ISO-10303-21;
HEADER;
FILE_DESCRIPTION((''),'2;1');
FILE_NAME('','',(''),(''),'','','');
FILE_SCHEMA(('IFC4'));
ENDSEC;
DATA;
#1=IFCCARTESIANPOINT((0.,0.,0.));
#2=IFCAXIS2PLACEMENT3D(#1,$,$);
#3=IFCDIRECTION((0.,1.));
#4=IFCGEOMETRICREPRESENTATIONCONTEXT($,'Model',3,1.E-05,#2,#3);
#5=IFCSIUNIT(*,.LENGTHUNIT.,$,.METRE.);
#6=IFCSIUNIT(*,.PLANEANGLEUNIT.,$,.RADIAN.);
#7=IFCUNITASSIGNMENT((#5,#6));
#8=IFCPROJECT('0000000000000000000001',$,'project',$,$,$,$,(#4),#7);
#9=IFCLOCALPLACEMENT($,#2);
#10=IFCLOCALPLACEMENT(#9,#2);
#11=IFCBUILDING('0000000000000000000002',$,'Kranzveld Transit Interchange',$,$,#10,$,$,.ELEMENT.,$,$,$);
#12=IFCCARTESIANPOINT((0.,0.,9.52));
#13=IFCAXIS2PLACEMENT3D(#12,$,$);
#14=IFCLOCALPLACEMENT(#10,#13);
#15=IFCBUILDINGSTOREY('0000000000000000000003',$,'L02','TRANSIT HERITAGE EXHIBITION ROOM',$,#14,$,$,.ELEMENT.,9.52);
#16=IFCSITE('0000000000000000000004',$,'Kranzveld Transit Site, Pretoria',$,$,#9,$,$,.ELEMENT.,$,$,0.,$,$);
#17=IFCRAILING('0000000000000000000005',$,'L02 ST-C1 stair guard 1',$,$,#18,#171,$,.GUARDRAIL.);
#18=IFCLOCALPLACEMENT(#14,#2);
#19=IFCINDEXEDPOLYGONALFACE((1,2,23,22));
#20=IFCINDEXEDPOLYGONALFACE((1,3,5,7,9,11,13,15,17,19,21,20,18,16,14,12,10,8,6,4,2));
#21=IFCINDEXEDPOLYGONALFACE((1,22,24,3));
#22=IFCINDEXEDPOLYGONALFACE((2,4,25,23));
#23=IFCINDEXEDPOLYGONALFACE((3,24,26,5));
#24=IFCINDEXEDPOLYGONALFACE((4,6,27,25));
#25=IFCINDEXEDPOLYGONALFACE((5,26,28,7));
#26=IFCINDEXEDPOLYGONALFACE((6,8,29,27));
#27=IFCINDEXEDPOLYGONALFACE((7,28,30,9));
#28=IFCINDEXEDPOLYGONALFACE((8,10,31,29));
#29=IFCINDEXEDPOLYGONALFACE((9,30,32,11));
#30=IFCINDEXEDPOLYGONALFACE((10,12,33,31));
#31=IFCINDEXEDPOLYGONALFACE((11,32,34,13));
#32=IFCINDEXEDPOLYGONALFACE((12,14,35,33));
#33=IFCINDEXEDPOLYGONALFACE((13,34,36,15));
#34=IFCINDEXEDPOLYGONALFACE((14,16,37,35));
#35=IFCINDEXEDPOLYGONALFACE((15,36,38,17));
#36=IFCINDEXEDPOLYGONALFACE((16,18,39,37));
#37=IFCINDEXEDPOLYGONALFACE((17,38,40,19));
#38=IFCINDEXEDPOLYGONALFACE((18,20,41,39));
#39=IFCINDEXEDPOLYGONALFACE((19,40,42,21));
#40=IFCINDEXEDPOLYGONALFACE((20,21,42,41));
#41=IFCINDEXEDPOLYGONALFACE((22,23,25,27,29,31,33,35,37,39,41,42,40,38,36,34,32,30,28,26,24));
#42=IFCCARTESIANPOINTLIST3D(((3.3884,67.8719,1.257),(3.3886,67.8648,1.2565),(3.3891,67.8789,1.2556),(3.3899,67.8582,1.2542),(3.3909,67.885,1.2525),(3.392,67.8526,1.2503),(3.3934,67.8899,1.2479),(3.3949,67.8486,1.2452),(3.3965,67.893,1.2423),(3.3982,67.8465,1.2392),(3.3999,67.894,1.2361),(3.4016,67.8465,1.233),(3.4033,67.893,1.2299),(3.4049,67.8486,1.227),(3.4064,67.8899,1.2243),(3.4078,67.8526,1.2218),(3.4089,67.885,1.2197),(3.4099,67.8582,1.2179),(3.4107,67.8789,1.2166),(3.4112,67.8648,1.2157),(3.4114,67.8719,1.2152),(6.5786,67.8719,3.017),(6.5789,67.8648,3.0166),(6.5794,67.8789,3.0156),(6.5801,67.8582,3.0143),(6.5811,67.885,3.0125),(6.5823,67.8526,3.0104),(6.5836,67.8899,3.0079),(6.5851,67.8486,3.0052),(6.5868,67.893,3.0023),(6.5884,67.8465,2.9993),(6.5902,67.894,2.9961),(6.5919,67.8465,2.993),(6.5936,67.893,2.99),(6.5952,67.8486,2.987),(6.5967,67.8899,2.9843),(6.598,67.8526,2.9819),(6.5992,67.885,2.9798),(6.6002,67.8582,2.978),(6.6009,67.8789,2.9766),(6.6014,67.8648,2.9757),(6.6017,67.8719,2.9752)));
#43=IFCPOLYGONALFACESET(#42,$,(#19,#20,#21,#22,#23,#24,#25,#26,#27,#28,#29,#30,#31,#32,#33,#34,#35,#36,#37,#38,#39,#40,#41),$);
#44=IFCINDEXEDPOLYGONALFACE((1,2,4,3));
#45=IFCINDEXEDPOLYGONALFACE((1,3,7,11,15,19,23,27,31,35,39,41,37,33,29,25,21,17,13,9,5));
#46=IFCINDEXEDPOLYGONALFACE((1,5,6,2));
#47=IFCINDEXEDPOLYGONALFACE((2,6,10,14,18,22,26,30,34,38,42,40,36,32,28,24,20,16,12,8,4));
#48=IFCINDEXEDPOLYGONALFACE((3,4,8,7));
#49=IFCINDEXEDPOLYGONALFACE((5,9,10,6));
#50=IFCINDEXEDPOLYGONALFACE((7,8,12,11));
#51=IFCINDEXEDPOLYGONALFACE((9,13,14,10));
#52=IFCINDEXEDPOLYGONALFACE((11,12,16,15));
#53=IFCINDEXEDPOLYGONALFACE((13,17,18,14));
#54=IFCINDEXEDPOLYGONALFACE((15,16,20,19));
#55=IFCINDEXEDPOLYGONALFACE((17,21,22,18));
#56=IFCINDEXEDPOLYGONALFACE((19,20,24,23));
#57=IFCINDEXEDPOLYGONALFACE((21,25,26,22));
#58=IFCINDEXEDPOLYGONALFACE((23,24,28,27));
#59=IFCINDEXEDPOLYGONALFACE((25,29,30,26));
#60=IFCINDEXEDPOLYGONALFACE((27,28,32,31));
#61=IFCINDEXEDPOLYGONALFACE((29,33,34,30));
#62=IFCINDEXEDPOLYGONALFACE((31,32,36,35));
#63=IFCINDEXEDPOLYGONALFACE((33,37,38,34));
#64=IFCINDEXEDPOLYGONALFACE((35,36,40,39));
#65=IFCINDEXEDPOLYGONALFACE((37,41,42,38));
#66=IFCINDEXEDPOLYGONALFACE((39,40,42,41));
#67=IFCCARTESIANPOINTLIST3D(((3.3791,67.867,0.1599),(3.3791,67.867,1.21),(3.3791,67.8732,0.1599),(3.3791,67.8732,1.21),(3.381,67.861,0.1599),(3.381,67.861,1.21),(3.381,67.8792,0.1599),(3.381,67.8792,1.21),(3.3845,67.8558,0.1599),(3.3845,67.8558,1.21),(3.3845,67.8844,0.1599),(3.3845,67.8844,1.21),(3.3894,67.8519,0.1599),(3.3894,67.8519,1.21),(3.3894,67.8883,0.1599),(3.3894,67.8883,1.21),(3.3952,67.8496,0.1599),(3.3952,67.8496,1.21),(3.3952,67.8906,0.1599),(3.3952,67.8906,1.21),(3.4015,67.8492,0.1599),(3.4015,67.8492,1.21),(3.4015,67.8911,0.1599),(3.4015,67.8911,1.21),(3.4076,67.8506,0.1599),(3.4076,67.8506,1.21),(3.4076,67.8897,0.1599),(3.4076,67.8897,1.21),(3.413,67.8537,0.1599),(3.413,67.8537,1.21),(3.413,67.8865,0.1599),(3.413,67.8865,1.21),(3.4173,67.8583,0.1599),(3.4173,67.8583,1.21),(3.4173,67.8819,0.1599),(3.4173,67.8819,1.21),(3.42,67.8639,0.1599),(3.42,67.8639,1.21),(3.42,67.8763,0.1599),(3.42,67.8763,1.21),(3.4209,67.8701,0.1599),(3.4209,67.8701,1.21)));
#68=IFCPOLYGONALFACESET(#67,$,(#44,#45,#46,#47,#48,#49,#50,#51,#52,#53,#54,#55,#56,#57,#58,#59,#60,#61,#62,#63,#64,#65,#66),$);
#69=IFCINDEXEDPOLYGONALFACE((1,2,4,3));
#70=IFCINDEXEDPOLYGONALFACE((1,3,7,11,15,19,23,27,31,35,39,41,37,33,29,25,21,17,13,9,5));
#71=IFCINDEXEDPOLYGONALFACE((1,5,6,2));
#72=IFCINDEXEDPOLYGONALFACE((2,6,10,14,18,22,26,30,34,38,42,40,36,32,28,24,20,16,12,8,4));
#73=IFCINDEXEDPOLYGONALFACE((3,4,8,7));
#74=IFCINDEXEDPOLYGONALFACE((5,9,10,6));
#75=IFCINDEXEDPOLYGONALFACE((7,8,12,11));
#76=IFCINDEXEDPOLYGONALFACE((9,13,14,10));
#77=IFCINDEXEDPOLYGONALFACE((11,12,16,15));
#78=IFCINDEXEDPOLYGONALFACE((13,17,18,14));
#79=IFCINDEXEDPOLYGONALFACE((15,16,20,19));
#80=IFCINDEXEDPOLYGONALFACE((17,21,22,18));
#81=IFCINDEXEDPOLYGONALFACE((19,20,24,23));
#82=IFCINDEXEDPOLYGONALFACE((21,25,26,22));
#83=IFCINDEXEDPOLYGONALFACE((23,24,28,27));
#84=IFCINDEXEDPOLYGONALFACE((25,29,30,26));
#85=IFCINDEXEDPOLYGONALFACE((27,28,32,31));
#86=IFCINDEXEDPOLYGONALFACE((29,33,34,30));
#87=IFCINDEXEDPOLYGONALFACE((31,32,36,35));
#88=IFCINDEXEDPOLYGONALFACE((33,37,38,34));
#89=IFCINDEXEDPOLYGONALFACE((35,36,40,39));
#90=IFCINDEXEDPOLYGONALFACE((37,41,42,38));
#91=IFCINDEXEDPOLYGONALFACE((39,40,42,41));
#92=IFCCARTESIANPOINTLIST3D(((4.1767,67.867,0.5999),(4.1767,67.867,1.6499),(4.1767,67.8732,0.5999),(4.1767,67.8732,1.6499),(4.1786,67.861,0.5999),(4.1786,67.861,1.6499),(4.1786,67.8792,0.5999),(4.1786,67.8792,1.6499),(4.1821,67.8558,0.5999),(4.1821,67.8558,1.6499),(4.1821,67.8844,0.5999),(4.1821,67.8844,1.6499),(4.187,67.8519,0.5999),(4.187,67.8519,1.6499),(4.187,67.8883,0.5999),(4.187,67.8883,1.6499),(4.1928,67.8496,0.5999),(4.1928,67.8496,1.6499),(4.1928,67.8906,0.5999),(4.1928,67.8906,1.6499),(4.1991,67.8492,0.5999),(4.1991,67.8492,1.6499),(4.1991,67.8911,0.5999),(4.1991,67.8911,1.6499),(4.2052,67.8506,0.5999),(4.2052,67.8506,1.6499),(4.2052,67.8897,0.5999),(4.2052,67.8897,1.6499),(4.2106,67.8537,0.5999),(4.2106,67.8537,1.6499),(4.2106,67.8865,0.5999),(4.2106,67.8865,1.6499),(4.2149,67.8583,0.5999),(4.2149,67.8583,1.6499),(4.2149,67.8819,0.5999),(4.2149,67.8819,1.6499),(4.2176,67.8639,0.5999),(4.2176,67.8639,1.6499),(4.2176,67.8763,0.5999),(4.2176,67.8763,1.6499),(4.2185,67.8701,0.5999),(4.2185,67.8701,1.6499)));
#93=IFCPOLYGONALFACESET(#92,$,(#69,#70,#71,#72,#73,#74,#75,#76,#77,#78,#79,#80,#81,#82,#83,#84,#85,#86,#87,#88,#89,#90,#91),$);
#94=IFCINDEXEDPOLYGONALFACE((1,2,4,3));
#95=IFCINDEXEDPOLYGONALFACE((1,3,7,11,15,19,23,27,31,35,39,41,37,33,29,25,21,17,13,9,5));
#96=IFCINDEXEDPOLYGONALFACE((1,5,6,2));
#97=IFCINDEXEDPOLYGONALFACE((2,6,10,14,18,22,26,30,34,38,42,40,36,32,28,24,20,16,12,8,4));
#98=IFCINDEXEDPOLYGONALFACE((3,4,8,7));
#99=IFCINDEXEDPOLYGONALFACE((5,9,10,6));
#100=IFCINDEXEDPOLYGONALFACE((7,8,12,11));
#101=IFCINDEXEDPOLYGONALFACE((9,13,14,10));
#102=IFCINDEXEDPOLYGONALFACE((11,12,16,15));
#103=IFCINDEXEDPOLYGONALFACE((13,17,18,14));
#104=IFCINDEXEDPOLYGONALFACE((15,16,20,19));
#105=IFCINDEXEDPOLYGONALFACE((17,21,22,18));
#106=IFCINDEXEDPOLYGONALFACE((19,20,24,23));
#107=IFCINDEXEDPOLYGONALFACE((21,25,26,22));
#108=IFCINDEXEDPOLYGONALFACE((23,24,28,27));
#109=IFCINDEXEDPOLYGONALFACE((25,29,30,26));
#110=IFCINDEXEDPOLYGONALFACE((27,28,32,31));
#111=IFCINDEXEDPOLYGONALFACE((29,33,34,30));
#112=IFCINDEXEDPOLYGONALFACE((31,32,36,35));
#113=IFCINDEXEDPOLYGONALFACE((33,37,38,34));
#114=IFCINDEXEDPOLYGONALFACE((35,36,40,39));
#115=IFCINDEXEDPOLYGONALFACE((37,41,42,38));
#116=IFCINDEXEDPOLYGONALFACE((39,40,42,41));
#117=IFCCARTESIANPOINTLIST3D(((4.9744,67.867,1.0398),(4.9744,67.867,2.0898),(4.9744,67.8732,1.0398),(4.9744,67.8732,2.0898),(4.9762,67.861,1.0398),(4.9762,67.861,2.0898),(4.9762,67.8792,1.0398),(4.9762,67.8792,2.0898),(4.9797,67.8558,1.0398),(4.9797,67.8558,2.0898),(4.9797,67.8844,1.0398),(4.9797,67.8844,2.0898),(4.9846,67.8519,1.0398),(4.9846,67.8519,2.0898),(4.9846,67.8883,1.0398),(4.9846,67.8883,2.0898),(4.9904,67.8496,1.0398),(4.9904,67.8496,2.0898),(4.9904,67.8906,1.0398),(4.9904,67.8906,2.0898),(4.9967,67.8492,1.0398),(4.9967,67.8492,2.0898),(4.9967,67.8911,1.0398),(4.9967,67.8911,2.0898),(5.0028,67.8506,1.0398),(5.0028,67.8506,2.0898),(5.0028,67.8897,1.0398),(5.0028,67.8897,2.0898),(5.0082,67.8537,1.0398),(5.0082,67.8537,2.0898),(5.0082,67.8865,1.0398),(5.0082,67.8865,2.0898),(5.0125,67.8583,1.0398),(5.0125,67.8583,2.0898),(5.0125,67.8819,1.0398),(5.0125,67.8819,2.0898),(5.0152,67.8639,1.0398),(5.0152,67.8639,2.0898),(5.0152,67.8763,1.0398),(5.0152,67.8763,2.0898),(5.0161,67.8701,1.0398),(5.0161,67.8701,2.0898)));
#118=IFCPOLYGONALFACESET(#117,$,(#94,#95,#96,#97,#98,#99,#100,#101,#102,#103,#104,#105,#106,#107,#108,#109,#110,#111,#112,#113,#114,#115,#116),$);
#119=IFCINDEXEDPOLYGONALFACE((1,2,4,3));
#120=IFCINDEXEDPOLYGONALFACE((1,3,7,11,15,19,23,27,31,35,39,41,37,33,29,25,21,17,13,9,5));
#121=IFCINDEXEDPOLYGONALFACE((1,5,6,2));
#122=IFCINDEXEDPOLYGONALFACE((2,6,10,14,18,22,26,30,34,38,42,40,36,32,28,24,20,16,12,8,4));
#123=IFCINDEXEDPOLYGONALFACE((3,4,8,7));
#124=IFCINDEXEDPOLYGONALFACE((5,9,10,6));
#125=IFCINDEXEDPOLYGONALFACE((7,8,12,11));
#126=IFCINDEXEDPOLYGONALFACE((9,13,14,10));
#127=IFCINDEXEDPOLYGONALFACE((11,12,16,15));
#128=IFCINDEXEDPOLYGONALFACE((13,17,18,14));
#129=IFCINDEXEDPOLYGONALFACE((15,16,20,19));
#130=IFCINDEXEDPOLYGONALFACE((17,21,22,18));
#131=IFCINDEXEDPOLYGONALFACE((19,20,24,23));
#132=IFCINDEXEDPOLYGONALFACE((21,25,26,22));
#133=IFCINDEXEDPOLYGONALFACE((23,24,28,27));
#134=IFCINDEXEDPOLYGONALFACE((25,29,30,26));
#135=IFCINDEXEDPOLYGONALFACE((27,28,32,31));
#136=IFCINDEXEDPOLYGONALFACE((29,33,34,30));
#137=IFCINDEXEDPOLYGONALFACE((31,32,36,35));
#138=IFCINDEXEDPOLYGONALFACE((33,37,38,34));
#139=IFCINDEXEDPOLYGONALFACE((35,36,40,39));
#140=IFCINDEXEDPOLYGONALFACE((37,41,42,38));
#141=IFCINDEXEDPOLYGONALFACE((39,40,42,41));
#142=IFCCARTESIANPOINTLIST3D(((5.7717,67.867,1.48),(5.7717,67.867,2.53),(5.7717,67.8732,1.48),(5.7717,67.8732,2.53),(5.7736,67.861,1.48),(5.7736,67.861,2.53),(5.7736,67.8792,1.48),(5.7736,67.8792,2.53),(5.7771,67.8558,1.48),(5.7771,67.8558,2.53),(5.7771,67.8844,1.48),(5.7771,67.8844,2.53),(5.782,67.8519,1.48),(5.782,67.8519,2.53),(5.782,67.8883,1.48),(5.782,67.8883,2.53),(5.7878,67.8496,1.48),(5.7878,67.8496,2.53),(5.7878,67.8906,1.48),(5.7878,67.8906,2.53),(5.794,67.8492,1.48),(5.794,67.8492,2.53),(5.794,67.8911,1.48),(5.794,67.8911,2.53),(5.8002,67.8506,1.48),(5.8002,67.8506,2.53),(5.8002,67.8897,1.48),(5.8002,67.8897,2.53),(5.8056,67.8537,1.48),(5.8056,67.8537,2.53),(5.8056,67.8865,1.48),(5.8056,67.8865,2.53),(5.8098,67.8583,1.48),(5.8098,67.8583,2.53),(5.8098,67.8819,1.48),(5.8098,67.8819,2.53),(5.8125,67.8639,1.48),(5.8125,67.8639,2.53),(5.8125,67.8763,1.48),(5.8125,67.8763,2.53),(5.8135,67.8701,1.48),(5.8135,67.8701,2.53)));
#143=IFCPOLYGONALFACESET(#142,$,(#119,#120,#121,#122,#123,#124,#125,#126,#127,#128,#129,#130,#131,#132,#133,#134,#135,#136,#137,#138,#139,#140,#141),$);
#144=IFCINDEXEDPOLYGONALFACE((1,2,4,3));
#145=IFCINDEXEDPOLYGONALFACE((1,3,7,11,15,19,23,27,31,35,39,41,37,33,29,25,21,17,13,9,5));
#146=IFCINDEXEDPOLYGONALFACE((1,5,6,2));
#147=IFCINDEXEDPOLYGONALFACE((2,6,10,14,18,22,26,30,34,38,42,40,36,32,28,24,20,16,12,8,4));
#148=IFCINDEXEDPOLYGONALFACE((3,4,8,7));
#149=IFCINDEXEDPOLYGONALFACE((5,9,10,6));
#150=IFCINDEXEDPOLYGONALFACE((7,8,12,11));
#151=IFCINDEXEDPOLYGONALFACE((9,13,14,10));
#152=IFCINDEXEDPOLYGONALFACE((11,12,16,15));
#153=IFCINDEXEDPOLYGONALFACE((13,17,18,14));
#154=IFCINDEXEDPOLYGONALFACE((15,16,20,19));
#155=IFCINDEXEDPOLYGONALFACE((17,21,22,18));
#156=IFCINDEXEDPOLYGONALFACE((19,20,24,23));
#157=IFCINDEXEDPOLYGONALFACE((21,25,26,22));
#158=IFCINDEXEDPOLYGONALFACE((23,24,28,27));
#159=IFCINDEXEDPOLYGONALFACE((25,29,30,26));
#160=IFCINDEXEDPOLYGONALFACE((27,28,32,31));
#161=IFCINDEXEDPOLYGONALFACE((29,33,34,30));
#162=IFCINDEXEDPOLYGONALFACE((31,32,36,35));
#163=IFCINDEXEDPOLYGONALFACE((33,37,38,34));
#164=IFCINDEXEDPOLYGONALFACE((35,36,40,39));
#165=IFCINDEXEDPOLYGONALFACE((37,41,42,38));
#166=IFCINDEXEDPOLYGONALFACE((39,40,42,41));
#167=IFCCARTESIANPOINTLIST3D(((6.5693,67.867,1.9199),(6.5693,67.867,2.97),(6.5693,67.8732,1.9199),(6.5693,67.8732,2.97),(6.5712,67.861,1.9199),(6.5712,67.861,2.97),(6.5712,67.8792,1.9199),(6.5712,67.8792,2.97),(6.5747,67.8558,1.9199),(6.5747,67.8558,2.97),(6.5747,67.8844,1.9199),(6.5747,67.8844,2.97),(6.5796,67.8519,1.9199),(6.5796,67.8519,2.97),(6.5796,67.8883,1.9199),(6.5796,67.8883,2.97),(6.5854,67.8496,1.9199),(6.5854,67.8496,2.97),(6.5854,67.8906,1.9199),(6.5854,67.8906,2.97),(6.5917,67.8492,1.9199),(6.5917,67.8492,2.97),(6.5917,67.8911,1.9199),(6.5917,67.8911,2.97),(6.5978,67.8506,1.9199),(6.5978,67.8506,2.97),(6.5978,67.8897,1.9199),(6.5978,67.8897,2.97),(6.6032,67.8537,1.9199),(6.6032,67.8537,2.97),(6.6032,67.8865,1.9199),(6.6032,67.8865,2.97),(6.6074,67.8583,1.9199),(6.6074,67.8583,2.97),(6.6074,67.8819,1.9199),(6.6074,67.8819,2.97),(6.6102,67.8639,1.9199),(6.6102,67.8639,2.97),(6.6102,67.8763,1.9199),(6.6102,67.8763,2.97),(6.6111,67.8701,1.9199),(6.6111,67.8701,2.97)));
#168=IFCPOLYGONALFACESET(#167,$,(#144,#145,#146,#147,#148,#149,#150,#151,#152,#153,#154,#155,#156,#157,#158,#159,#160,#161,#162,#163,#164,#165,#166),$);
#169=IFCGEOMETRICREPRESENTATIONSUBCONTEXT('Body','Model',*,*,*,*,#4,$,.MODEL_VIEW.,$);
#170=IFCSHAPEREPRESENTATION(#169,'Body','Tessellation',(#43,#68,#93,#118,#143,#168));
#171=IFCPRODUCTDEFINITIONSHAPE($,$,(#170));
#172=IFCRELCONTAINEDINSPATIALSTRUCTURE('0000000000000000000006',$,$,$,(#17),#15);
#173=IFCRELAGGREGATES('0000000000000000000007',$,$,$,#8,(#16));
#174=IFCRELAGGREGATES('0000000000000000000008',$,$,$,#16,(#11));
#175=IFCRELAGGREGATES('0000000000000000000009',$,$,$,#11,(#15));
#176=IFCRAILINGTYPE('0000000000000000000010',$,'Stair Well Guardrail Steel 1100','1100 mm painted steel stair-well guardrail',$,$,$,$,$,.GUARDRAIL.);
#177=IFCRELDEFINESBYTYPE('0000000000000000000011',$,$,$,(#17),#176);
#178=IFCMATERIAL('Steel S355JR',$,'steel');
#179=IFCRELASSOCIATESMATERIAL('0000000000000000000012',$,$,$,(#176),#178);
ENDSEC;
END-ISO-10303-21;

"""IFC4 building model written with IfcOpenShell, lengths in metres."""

from ifc_helpers import new_model, si_unit, direction, frame, origin, origin_2d, place, context, subcontext, project, spatial, circle, extrude, material, type_object, element, save


model = new_model("IFC4")

# Units and contexts
model_context = context("Model", 3, precision=1e-05, world=origin(), true_north=direction((0.0, 1.0)))
body_context = subcontext(model_context, "Body", "Model", "MODEL_VIEW")
ifc_project = project(units=[si_unit("LENGTHUNIT", "METRE"), si_unit("PLANEANGLEUNIT", "RADIAN")], contexts=[model_context])

# Site, building, storey
site_placement = place(None, origin())
site = spatial("IfcSite", under=ifc_project, at=site_placement, Name="Kranzveld Transit Site, Pretoria", CompositionType="ELEMENT", RefElevation=0.0)
building_placement = place(site_placement, origin())
building = spatial("IfcBuilding", under=site, at=building_placement, Name="Kranzveld Transit Interchange", CompositionType="ELEMENT")
storey_placement = place(building_placement, frame((0.0, 0.0, 9.52)))
storey = spatial("IfcBuildingStorey", under=building, at=storey_placement, Name="L02", Description="TRANSIT HERITAGE EXHIBITION ROOM", CompositionType="ELEMENT", Elevation=9.52)

# Railing
ifc_material_1 = material(Name="Steel S355JR", Category="steel")
railing_type_1 = type_object("IfcRailingType", Name="Stair Well Guardrail Steel 1100", Description="1100 mm painted steel stair-well guardrail", PredefinedType="GUARDRAIL", material=ifc_material_1)
railing_1_placement = place(storey_placement, frame((3.3999, 67.8701, 0.1599)))
element("IfcRailing", 1, at=railing_1_placement, inside=storey, type_object=railing_type_1, Name="L02 ST-C1 stair guard 1", PredefinedType="GUARDRAIL", context=body_context, shape_type="SweptSolid", body=[
    extrude(circle(Radius=0.0239, at=origin_2d()), frame((0.0, 0.0, 1.0762), z_axis=(0.875588, 0.0, 0.483058), x_axis=(0.0, 1.0, 0.0)), (0.0, 0.0, 1.0), 3.6436),
    extrude(circle(Radius=0.021, at=origin_2d()), origin(), (0.0, 0.0, 1.0), 1.05),
    extrude(circle(Radius=0.021, at=origin_2d()), frame((0.7976, 0.0, 0.4399)), (0.0, 0.0, 1.0), 1.05),
    extrude(circle(Radius=0.021, at=origin_2d()), frame((1.5952, 0.0, 0.8799)), (0.0, 0.0, 1.0), 1.05),
    extrude(circle(Radius=0.021, at=origin_2d()), frame((2.3926, 0.0, 1.3201)), (0.0, 0.0, 1.0), 1.05),
    extrude(circle(Radius=0.021, at=origin_2d()), frame((3.1902, 0.0, 1.76)), (0.0, 0.0, 1.0), 1.05),
])

save(model, "model.ifc")
